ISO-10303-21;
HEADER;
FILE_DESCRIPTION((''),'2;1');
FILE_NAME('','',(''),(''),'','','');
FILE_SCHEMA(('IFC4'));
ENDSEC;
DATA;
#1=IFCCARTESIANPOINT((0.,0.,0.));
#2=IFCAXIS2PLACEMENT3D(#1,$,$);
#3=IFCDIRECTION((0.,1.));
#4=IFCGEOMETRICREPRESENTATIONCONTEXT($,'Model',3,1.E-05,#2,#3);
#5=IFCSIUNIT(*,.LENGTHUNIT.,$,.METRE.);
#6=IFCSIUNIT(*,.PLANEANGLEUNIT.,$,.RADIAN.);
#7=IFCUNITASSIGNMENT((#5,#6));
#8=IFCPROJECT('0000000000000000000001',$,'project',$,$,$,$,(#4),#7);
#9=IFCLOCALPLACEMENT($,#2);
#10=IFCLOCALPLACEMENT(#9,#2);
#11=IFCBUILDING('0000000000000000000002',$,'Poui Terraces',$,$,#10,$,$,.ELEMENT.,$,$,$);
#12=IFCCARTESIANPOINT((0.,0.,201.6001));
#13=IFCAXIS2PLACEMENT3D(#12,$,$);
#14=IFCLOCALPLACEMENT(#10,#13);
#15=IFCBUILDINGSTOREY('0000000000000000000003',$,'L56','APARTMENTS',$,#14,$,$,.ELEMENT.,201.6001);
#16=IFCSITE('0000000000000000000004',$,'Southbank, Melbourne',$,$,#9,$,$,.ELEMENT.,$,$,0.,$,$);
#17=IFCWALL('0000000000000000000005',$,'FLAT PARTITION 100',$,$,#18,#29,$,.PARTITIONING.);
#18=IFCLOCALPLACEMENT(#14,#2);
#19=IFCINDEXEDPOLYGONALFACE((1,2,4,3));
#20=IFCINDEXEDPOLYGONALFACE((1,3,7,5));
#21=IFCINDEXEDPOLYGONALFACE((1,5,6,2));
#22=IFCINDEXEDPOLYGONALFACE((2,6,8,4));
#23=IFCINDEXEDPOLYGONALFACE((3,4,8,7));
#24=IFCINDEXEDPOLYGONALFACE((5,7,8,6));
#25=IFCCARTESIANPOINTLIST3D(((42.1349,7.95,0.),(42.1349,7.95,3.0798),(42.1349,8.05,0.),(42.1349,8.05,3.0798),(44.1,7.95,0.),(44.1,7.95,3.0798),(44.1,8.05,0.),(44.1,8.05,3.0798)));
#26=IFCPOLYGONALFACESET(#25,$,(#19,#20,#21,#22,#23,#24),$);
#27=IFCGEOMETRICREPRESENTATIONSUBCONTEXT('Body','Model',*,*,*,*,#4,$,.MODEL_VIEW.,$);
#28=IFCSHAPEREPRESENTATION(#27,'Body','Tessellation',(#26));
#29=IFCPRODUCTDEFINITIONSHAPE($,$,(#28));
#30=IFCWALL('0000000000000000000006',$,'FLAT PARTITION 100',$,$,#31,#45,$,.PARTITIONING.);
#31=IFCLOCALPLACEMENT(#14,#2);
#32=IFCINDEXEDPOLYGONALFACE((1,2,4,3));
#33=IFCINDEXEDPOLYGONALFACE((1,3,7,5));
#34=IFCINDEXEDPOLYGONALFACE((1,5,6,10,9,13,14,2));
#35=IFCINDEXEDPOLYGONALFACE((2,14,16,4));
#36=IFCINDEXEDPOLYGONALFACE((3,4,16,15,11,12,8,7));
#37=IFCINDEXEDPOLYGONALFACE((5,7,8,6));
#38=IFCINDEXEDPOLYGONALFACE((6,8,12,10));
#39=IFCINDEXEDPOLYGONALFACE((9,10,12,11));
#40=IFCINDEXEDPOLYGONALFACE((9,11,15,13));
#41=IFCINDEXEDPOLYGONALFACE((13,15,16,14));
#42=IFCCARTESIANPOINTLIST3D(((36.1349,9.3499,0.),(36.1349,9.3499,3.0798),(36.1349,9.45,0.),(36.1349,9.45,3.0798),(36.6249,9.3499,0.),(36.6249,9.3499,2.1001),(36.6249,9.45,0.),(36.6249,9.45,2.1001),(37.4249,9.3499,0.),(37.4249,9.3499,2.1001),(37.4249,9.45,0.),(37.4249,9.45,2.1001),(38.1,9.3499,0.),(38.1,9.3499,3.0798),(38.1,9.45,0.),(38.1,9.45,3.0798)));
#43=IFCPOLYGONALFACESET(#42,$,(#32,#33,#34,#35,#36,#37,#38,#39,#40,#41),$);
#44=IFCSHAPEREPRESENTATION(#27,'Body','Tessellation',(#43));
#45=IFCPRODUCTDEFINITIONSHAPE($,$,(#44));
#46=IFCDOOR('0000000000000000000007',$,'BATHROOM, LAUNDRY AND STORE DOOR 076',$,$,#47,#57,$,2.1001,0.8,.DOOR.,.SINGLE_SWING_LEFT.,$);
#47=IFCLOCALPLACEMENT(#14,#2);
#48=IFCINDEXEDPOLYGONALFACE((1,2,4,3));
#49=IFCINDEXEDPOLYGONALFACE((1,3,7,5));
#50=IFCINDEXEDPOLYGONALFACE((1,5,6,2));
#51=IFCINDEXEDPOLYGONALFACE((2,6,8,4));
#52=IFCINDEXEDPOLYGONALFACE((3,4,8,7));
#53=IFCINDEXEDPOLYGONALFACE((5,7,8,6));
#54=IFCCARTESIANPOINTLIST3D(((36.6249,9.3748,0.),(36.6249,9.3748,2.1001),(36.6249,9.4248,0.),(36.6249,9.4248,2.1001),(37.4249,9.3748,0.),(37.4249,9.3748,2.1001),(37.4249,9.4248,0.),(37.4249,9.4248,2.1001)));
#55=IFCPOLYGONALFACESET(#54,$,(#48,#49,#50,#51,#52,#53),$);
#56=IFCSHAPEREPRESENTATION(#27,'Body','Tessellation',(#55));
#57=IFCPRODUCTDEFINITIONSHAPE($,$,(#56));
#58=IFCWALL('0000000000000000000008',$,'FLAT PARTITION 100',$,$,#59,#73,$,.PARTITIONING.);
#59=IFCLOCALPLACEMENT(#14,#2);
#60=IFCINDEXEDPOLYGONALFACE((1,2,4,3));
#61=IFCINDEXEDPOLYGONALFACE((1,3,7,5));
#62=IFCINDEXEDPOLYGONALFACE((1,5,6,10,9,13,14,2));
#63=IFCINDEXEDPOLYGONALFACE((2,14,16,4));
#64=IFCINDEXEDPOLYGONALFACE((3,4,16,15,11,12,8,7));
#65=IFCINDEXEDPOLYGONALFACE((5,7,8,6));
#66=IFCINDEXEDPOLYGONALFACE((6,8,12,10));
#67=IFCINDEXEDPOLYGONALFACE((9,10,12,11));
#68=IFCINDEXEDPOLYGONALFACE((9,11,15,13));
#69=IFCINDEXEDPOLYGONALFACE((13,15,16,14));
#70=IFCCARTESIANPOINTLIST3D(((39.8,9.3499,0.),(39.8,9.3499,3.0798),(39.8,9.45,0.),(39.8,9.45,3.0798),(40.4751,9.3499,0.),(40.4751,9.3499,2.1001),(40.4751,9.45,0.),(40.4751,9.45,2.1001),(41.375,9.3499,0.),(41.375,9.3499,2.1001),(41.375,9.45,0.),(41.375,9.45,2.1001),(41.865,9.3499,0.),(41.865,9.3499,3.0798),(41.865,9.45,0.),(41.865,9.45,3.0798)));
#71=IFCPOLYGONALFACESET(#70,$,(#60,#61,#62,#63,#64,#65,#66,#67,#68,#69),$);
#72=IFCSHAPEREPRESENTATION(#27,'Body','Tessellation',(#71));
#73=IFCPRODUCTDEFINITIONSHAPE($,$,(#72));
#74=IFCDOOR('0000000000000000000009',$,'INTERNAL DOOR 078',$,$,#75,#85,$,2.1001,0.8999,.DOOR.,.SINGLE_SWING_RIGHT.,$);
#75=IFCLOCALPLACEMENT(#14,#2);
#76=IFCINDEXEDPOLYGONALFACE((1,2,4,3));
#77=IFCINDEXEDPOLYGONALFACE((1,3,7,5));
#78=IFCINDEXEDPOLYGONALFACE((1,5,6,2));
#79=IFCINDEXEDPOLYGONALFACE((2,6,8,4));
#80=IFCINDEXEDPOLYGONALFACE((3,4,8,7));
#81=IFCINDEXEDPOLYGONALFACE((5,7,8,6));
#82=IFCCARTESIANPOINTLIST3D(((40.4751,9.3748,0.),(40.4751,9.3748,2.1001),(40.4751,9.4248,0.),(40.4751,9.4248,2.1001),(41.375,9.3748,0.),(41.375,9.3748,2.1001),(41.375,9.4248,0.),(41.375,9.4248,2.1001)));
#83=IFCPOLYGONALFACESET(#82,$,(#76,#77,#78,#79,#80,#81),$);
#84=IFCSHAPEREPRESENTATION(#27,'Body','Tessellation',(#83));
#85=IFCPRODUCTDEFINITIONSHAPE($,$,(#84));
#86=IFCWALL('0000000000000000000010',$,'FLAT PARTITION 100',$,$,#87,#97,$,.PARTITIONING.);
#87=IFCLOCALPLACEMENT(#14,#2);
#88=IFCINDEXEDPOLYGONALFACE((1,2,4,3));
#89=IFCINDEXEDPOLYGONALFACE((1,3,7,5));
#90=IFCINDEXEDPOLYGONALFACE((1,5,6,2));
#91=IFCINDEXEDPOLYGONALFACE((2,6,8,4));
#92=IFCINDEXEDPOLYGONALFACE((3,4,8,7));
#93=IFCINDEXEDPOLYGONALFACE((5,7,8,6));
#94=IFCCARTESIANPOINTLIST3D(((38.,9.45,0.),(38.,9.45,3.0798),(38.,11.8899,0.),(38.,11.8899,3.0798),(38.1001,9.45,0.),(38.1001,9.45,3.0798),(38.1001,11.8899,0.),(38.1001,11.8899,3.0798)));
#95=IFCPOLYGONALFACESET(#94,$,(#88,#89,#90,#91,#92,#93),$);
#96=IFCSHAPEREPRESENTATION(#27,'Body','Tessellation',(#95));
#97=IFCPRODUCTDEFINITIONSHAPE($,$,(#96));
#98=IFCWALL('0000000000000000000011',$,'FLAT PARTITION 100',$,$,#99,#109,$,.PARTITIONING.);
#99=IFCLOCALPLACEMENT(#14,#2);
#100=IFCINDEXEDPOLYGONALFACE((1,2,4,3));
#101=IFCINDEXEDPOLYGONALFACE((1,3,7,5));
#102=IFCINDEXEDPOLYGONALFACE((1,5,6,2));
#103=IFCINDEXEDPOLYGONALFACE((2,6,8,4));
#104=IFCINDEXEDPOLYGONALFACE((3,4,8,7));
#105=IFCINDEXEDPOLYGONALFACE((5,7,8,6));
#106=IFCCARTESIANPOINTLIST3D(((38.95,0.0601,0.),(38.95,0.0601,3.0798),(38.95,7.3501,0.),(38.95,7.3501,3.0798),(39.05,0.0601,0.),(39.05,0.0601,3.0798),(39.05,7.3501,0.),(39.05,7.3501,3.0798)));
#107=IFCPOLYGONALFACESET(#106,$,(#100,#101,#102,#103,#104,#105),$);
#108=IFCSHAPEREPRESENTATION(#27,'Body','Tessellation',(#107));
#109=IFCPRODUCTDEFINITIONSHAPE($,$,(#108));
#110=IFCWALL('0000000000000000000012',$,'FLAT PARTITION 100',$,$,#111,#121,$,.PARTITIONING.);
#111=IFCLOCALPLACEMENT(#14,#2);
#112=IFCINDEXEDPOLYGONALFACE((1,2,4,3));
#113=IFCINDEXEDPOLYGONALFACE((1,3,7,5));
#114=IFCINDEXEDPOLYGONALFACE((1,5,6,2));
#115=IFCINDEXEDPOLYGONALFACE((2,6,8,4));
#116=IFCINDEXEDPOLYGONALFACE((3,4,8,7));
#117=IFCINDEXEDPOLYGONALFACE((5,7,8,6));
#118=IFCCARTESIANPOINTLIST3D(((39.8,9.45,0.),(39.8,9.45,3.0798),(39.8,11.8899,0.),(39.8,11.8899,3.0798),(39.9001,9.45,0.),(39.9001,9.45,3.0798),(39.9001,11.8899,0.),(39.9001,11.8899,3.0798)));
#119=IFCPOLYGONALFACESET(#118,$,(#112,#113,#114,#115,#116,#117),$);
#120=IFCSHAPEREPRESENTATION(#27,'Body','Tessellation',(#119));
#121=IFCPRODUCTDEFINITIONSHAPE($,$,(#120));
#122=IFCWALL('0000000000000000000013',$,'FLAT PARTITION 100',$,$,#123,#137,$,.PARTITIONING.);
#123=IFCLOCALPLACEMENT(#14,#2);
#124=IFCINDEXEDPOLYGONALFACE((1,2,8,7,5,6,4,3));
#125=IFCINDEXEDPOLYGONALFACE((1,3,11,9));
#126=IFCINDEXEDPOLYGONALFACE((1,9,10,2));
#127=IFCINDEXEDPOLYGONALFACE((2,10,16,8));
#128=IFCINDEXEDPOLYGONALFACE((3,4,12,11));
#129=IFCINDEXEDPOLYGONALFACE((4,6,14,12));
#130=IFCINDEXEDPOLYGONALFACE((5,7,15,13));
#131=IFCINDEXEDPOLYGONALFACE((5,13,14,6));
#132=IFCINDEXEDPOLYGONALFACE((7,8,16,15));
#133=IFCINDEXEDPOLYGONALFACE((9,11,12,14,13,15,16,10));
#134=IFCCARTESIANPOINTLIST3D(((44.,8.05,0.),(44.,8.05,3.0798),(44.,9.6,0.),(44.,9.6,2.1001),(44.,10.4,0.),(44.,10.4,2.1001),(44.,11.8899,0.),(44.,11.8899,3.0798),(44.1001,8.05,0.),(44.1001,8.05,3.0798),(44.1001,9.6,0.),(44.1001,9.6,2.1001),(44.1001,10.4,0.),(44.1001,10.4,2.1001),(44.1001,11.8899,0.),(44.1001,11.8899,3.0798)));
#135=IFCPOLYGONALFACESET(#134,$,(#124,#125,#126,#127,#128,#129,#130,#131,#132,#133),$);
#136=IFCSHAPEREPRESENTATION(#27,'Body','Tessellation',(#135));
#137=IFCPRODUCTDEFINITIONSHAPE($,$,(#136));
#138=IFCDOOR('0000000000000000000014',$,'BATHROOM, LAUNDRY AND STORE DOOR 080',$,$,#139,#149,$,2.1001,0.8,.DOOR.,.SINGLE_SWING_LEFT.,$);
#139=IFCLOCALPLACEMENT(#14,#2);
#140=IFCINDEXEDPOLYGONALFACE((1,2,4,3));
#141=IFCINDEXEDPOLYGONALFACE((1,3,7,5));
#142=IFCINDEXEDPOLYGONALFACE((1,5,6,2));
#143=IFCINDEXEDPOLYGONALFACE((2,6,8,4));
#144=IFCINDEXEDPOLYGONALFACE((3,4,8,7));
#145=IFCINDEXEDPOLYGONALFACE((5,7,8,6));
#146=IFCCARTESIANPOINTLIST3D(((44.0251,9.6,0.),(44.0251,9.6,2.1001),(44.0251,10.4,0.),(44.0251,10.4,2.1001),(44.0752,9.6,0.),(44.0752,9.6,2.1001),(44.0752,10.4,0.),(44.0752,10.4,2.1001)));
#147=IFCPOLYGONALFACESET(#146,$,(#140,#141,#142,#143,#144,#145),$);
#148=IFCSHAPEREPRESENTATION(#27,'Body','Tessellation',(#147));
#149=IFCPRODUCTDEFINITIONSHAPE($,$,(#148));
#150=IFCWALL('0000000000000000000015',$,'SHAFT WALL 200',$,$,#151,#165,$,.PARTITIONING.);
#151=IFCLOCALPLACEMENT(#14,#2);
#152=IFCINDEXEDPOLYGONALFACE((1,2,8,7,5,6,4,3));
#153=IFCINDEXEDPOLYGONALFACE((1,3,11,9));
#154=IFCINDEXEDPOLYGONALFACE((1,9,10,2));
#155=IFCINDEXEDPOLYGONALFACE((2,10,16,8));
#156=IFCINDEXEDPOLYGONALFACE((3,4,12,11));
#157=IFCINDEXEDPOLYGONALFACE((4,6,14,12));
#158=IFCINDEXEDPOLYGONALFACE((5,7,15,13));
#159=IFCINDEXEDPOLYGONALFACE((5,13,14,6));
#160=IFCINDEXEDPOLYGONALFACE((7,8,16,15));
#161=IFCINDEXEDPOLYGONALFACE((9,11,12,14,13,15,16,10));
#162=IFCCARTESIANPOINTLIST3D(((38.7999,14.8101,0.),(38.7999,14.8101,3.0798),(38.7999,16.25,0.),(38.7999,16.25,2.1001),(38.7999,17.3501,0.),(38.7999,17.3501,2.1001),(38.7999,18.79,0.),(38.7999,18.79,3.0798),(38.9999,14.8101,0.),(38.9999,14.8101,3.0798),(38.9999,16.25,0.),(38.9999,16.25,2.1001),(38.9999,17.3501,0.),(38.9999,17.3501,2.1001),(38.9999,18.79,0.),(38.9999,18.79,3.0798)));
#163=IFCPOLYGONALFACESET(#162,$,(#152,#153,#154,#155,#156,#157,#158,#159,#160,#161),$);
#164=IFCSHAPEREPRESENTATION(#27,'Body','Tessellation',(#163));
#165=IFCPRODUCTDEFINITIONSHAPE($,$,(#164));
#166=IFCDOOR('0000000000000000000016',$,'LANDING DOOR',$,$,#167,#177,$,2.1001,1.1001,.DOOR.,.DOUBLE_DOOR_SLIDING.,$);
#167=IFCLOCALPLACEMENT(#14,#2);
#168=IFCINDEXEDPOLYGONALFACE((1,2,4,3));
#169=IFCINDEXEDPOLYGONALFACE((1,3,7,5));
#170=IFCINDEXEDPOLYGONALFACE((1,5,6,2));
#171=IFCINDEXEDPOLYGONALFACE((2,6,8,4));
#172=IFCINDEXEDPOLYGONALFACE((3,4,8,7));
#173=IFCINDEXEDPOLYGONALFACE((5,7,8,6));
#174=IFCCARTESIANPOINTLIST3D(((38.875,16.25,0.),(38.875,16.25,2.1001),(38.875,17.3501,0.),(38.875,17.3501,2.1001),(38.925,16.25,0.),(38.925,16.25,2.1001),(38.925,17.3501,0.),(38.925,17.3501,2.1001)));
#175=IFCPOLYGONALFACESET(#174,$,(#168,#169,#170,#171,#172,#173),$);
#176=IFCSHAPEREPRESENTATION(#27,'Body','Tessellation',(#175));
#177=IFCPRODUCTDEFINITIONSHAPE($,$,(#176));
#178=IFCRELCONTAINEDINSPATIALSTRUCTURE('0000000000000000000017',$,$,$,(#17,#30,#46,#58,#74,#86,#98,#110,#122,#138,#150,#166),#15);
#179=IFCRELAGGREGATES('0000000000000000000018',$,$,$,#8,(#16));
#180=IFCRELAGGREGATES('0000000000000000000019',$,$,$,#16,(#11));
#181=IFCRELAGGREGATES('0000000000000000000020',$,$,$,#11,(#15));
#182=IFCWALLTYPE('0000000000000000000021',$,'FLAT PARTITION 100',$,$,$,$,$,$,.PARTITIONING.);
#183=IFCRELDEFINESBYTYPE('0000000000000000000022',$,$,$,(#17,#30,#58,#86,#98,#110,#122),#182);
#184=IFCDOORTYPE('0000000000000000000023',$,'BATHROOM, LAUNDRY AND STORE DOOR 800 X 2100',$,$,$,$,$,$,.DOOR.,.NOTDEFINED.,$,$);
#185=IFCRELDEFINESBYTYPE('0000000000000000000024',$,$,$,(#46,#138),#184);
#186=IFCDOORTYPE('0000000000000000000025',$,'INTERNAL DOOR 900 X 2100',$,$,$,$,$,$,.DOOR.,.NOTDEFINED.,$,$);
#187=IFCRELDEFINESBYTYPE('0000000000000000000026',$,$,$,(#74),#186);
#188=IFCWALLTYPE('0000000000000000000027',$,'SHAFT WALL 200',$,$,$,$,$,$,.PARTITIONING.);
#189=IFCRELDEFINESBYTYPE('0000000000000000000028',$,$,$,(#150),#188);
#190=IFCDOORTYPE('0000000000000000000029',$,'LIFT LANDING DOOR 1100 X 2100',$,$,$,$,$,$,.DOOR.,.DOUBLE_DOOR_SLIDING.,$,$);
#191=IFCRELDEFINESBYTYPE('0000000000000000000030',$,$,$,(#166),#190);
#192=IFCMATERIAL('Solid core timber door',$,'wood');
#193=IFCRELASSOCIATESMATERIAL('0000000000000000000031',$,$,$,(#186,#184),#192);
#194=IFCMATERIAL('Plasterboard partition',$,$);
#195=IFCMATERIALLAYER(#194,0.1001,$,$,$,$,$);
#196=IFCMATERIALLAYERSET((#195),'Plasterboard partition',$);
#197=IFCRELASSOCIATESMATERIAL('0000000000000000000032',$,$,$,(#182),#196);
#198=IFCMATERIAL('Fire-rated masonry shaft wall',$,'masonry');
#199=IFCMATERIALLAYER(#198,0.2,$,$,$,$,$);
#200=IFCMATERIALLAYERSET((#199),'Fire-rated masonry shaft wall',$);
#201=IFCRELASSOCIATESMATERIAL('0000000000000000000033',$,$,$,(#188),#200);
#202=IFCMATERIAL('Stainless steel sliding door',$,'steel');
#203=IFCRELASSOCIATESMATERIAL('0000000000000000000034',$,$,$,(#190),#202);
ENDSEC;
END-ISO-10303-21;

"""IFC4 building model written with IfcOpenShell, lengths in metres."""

from ifc_helpers import new_model, si_unit, direction, frame, frame_2d, origin, place, context, subcontext, project, spatial, rectangle, extrude, material, layer, layer_set, type_object, element, fill, save


model = new_model("IFC4")

# Units and contexts
model_context = context("Model", 3, precision=1e-05, world=origin(), true_north=direction((0.0, 1.0)))
body_context = subcontext(model_context, "Body", "Model", "MODEL_VIEW")
ifc_project = project(units=[si_unit("LENGTHUNIT", "METRE"), si_unit("PLANEANGLEUNIT", "RADIAN")], contexts=[model_context])

# Site, building, storey
site_placement = place(None, origin())
site = spatial("IfcSite", under=ifc_project, at=site_placement, Name="Southbank, Melbourne", CompositionType="ELEMENT", RefElevation=0.0)
building_placement = place(site_placement, origin())
building = spatial("IfcBuilding", under=site, at=building_placement, Name="Poui Terraces", CompositionType="ELEMENT")
storey_placement = place(building_placement, frame((0.0, 0.0, 201.6001)))
storey = spatial("IfcBuildingStorey", under=building, at=storey_placement, Name="L56", Description="APARTMENTS", CompositionType="ELEMENT", Elevation=201.6001)

# Shared definitions
ifc_material_1 = material(Name="Solid core timber door", Category="wood")
door_type_1 = type_object("IfcDoorType", Name="INTERNAL DOOR 900 X 2100", OperationType="NOTDEFINED", PredefinedType="DOOR", material=ifc_material_1)

# Shared definitions
ifc_material_2 = material(Name="Plasterboard partition")
ifc_layer_1 = layer(ifc_material_2, 0.1001)
ifc_layer_set_1 = layer_set([ifc_layer_1], Name="Plasterboard partition")
wall_type_1 = type_object("IfcWallType", Name="FLAT PARTITION 100", PredefinedType="PARTITIONING", material=ifc_layer_set_1)

# Wall
wall_1_placement = place(storey_placement, frame((42.135, 8.0, 0.0), z_axis=(0.0, 0.0, 1.0), x_axis=(1.0, 0.0, 0.0)))
element("IfcWall", 1, at=wall_1_placement, inside=storey, type_object=wall_type_1, Name="FLAT PARTITION 100", PredefinedType="PARTITIONING", context=body_context, shape_type="SweptSolid", body=[
    extrude(rectangle(XDim=1.9651, YDim=0.1001, at=frame_2d((0.9824, 0.0))), origin(), (0.0, 0.0, 1.0), 3.0798),
])

# Walls, openings, doors
wall_2_placement = place(storey_placement, frame((36.135, 9.3999, 0.0), z_axis=(0.0, 0.0, 1.0), x_axis=(1.0, 0.0, 0.0)))
wall_2 = element("IfcWall", 2, at=wall_2_placement, inside=storey, type_object=wall_type_1, Name="FLAT PARTITION 100", PredefinedType="PARTITIONING", context=body_context, shape_type="SweptSolid", body=[
    extrude(rectangle(XDim=1.9651, YDim=0.1001, at=frame_2d((0.9824, 0.0))), origin(), (0.0, 0.0, 1.0), 3.0798),
])
opening_1_placement = place(wall_2_placement, frame((0.49, 0.0, 0.0)))
opening_1 = element("IfcOpeningElement", 3, at=opening_1_placement, cuts=wall_2, PredefinedType="OPENING", context=body_context, shape_type="SweptSolid", body=[
    extrude(rectangle(XDim=0.8, YDim=2.1001, at=frame_2d((0.3999, 1.05))), frame((0.0, 0.0601, 0.0), z_axis=(0.0, -1.0, 0.0), x_axis=(1.0, 0.0, 0.0)), (0.0, 0.0, 1.0), 0.1201),
])
door_type_2 = type_object("IfcDoorType", Name="BATHROOM, LAUNDRY AND STORE DOOR 800 X 2100", OperationType="NOTDEFINED", PredefinedType="DOOR", material=ifc_material_1)
door_1_placement = place(opening_1_placement, origin())
door_1 = element("IfcDoor", 4, at=door_1_placement, inside=storey, type_object=door_type_2, Name="BATHROOM, LAUNDRY AND STORE DOOR 076", OperationType="SINGLE_SWING_LEFT", OverallHeight=2.1001, OverallWidth=0.8, PredefinedType="DOOR", context=body_context, shape_type="SweptSolid", body=[
    extrude(rectangle(XDim=0.8, YDim=2.1001, at=frame_2d((0.3999, 1.05))), frame((0.0, 0.0249, 0.0), z_axis=(0.0, -1.0, 0.0), x_axis=(1.0, 0.0, 0.0)), (0.0, 0.0, 1.0), 0.05),
])
fill(opening_1, door_1)
wall_3_placement = place(storey_placement, frame((39.8, 9.3999, 0.0), z_axis=(0.0, 0.0, 1.0), x_axis=(1.0, 0.0, 0.0)))
wall_3 = element("IfcWall", 5, at=wall_3_placement, inside=storey, type_object=wall_type_1, Name="FLAT PARTITION 100", PredefinedType="PARTITIONING", context=body_context, shape_type="SweptSolid", body=[
    extrude(rectangle(XDim=2.0649, YDim=0.1001, at=frame_2d((1.0325, 0.0))), origin(), (0.0, 0.0, 1.0), 3.0798),
])
opening_2_placement = place(wall_3_placement, frame((0.675, 0.0, 0.0)))
opening_2 = element("IfcOpeningElement", 6, at=opening_2_placement, cuts=wall_3, PredefinedType="OPENING", context=body_context, shape_type="SweptSolid", body=[
    extrude(rectangle(XDim=0.8999, YDim=2.1001, at=frame_2d((0.45, 1.05))), frame((0.0, 0.0601, 0.0), z_axis=(0.0, -1.0, 0.0), x_axis=(1.0, 0.0, 0.0)), (0.0, 0.0, 1.0), 0.1201),
])
door_2_placement = place(opening_2_placement, origin())
door_2 = element("IfcDoor", 7, at=door_2_placement, inside=storey, type_object=door_type_1, Name="INTERNAL DOOR 078", OperationType="SINGLE_SWING_RIGHT", OverallHeight=2.1001, OverallWidth=0.8999, PredefinedType="DOOR", context=body_context, shape_type="SweptSolid", body=[
    extrude(rectangle(XDim=0.8999, YDim=2.1001, at=frame_2d((0.45, 1.05))), frame((0.0, 0.0249, 0.0), z_axis=(0.0, -1.0, 0.0), x_axis=(1.0, 0.0, 0.0)), (0.0, 0.0, 1.0), 0.05),
])
fill(opening_2, door_2)

# Walls
wall_4_placement = place(storey_placement, frame((38.05, 9.45, 0.0), z_axis=(0.0, 0.0, 1.0), x_axis=(0.0, 1.0, 0.0)))
element("IfcWall", 8, at=wall_4_placement, inside=storey, type_object=wall_type_1, Name="FLAT PARTITION 100", PredefinedType="PARTITIONING", context=body_context, shape_type="SweptSolid", body=[
    extrude(rectangle(XDim=2.4399, YDim=0.1001, at=frame_2d((1.22, 0.0))), origin(), (0.0, 0.0, 1.0), 3.0798),
])
wall_5_placement = place(storey_placement, frame((39.0, 0.0601, 0.0), z_axis=(0.0, 0.0, 1.0), x_axis=(0.0, 1.0, 0.0)))
element("IfcWall", 9, at=wall_5_placement, inside=storey, type_object=wall_type_1, Name="FLAT PARTITION 100", PredefinedType="PARTITIONING", context=body_context, shape_type="SweptSolid", body=[
    extrude(rectangle(XDim=7.29, YDim=0.1001, at=frame_2d((3.645, 0.0))), origin(), (0.0, 0.0, 1.0), 3.0798),
])
wall_6_placement = place(storey_placement, frame((39.8501, 9.45, 0.0), z_axis=(0.0, 0.0, 1.0), x_axis=(0.0, 1.0, 0.0)))
element("IfcWall", 10, at=wall_6_placement, inside=storey, type_object=wall_type_1, Name="FLAT PARTITION 100", PredefinedType="PARTITIONING", context=body_context, shape_type="SweptSolid", body=[
    extrude(rectangle(XDim=2.4399, YDim=0.1001, at=frame_2d((1.22, 0.0))), origin(), (0.0, 0.0, 1.0), 3.0798),
])

# Walls, openings, doors
wall_7_placement = place(storey_placement, frame((44.05, 8.05, 0.0), z_axis=(0.0, 0.0, 1.0), x_axis=(0.0, 1.0, 0.0)))
wall_7 = element("IfcWall", 11, at=wall_7_placement, inside=storey, type_object=wall_type_1, Name="FLAT PARTITION 100", PredefinedType="PARTITIONING", context=body_context, shape_type="SweptSolid", body=[
    extrude(rectangle(XDim=3.8398, YDim=0.1001, at=frame_2d((1.9199, 0.0))), origin(), (0.0, 0.0, 1.0), 3.0798),
])
opening_3_placement = place(wall_7_placement, frame((1.55, 0.0, 0.0)))
opening_3 = element("IfcOpeningElement", 12, at=opening_3_placement, cuts=wall_7, PredefinedType="OPENING", context=body_context, shape_type="SweptSolid", body=[
    extrude(rectangle(XDim=0.8, YDim=2.1001, at=frame_2d((0.3999, 1.05))), frame((0.0, 0.0601, 0.0), z_axis=(0.0, -1.0, 0.0), x_axis=(1.0, 0.0, 0.0)), (0.0, 0.0, 1.0), 0.1201),
])
door_3_placement = place(opening_3_placement, origin())
door_3 = element("IfcDoor", 13, at=door_3_placement, inside=storey, type_object=door_type_2, Name="BATHROOM, LAUNDRY AND STORE DOOR 080", OperationType="SINGLE_SWING_LEFT", OverallHeight=2.1001, OverallWidth=0.8, PredefinedType="DOOR", context=body_context, shape_type="SweptSolid", body=[
    extrude(rectangle(XDim=0.8, YDim=2.1001, at=frame_2d((0.3999, 1.05))), frame((0.0, 0.0249, 0.0), z_axis=(0.0, -1.0, 0.0), x_axis=(1.0, 0.0, 0.0)), (0.0, 0.0, 1.0), 0.05),
])
fill(opening_3, door_3)
ifc_material_3 = material(Name="Fire-rated masonry shaft wall", Category="masonry")
ifc_layer_2 = layer(ifc_material_3, 0.2)
ifc_layer_set_2 = layer_set([ifc_layer_2], Name="Fire-rated masonry shaft wall")
wall_type_2 = type_object("IfcWallType", Name="SHAFT WALL 200", PredefinedType="PARTITIONING", material=ifc_layer_set_2)
wall_8_placement = place(storey_placement, frame((38.8999, 14.8101, 0.0), z_axis=(0.0, 0.0, 1.0), x_axis=(0.0, 1.0, 0.0)))
wall_8 = element("IfcWall", 14, at=wall_8_placement, inside=storey, type_object=wall_type_2, Name="SHAFT WALL 200", PredefinedType="PARTITIONING", context=body_context, shape_type="SweptSolid", body=[
    extrude(rectangle(XDim=3.98, YDim=0.2, at=frame_2d((1.99, 0.0))), origin(), (0.0, 0.0, 1.0), 3.0798),
])
opening_4_placement = place(wall_8_placement, frame((1.4399, 0.0, 0.0)))
opening_4 = element("IfcOpeningElement", 15, at=opening_4_placement, cuts=wall_8, PredefinedType="OPENING", context=body_context, shape_type="SweptSolid", body=[
    extrude(rectangle(XDim=1.1001, YDim=2.1001, at=frame_2d((0.55, 1.05))), frame((0.0, 0.1099, 0.0), z_axis=(0.0, -1.0, 0.0), x_axis=(1.0, 0.0, 0.0)), (0.0, 0.0, 1.0), 0.22),
])
ifc_material_4 = material(Name="Stainless steel sliding door", Category="steel")
door_type_3 = type_object("IfcDoorType", Name="LIFT LANDING DOOR 1100 X 2100", OperationType="DOUBLE_DOOR_SLIDING", PredefinedType="DOOR", material=ifc_material_4)
door_4_placement = place(opening_4_placement, origin())
door_4 = element("IfcDoor", 16, at=door_4_placement, inside=storey, type_object=door_type_3, Name="LANDING DOOR", OperationType="DOUBLE_DOOR_SLIDING", OverallHeight=2.1001, OverallWidth=1.1001, PredefinedType="DOOR", context=body_context, shape_type="SweptSolid", body=[
    extrude(rectangle(XDim=1.1001, YDim=2.1001, at=frame_2d((0.55, 1.05))), frame((0.0, 0.0249, 0.0), z_axis=(0.0, -1.0, 0.0), x_axis=(1.0, 0.0, 0.0)), (0.0, 0.0, 1.0), 0.05),
])
fill(opening_4, door_4)

save(model, "model.ifc")
